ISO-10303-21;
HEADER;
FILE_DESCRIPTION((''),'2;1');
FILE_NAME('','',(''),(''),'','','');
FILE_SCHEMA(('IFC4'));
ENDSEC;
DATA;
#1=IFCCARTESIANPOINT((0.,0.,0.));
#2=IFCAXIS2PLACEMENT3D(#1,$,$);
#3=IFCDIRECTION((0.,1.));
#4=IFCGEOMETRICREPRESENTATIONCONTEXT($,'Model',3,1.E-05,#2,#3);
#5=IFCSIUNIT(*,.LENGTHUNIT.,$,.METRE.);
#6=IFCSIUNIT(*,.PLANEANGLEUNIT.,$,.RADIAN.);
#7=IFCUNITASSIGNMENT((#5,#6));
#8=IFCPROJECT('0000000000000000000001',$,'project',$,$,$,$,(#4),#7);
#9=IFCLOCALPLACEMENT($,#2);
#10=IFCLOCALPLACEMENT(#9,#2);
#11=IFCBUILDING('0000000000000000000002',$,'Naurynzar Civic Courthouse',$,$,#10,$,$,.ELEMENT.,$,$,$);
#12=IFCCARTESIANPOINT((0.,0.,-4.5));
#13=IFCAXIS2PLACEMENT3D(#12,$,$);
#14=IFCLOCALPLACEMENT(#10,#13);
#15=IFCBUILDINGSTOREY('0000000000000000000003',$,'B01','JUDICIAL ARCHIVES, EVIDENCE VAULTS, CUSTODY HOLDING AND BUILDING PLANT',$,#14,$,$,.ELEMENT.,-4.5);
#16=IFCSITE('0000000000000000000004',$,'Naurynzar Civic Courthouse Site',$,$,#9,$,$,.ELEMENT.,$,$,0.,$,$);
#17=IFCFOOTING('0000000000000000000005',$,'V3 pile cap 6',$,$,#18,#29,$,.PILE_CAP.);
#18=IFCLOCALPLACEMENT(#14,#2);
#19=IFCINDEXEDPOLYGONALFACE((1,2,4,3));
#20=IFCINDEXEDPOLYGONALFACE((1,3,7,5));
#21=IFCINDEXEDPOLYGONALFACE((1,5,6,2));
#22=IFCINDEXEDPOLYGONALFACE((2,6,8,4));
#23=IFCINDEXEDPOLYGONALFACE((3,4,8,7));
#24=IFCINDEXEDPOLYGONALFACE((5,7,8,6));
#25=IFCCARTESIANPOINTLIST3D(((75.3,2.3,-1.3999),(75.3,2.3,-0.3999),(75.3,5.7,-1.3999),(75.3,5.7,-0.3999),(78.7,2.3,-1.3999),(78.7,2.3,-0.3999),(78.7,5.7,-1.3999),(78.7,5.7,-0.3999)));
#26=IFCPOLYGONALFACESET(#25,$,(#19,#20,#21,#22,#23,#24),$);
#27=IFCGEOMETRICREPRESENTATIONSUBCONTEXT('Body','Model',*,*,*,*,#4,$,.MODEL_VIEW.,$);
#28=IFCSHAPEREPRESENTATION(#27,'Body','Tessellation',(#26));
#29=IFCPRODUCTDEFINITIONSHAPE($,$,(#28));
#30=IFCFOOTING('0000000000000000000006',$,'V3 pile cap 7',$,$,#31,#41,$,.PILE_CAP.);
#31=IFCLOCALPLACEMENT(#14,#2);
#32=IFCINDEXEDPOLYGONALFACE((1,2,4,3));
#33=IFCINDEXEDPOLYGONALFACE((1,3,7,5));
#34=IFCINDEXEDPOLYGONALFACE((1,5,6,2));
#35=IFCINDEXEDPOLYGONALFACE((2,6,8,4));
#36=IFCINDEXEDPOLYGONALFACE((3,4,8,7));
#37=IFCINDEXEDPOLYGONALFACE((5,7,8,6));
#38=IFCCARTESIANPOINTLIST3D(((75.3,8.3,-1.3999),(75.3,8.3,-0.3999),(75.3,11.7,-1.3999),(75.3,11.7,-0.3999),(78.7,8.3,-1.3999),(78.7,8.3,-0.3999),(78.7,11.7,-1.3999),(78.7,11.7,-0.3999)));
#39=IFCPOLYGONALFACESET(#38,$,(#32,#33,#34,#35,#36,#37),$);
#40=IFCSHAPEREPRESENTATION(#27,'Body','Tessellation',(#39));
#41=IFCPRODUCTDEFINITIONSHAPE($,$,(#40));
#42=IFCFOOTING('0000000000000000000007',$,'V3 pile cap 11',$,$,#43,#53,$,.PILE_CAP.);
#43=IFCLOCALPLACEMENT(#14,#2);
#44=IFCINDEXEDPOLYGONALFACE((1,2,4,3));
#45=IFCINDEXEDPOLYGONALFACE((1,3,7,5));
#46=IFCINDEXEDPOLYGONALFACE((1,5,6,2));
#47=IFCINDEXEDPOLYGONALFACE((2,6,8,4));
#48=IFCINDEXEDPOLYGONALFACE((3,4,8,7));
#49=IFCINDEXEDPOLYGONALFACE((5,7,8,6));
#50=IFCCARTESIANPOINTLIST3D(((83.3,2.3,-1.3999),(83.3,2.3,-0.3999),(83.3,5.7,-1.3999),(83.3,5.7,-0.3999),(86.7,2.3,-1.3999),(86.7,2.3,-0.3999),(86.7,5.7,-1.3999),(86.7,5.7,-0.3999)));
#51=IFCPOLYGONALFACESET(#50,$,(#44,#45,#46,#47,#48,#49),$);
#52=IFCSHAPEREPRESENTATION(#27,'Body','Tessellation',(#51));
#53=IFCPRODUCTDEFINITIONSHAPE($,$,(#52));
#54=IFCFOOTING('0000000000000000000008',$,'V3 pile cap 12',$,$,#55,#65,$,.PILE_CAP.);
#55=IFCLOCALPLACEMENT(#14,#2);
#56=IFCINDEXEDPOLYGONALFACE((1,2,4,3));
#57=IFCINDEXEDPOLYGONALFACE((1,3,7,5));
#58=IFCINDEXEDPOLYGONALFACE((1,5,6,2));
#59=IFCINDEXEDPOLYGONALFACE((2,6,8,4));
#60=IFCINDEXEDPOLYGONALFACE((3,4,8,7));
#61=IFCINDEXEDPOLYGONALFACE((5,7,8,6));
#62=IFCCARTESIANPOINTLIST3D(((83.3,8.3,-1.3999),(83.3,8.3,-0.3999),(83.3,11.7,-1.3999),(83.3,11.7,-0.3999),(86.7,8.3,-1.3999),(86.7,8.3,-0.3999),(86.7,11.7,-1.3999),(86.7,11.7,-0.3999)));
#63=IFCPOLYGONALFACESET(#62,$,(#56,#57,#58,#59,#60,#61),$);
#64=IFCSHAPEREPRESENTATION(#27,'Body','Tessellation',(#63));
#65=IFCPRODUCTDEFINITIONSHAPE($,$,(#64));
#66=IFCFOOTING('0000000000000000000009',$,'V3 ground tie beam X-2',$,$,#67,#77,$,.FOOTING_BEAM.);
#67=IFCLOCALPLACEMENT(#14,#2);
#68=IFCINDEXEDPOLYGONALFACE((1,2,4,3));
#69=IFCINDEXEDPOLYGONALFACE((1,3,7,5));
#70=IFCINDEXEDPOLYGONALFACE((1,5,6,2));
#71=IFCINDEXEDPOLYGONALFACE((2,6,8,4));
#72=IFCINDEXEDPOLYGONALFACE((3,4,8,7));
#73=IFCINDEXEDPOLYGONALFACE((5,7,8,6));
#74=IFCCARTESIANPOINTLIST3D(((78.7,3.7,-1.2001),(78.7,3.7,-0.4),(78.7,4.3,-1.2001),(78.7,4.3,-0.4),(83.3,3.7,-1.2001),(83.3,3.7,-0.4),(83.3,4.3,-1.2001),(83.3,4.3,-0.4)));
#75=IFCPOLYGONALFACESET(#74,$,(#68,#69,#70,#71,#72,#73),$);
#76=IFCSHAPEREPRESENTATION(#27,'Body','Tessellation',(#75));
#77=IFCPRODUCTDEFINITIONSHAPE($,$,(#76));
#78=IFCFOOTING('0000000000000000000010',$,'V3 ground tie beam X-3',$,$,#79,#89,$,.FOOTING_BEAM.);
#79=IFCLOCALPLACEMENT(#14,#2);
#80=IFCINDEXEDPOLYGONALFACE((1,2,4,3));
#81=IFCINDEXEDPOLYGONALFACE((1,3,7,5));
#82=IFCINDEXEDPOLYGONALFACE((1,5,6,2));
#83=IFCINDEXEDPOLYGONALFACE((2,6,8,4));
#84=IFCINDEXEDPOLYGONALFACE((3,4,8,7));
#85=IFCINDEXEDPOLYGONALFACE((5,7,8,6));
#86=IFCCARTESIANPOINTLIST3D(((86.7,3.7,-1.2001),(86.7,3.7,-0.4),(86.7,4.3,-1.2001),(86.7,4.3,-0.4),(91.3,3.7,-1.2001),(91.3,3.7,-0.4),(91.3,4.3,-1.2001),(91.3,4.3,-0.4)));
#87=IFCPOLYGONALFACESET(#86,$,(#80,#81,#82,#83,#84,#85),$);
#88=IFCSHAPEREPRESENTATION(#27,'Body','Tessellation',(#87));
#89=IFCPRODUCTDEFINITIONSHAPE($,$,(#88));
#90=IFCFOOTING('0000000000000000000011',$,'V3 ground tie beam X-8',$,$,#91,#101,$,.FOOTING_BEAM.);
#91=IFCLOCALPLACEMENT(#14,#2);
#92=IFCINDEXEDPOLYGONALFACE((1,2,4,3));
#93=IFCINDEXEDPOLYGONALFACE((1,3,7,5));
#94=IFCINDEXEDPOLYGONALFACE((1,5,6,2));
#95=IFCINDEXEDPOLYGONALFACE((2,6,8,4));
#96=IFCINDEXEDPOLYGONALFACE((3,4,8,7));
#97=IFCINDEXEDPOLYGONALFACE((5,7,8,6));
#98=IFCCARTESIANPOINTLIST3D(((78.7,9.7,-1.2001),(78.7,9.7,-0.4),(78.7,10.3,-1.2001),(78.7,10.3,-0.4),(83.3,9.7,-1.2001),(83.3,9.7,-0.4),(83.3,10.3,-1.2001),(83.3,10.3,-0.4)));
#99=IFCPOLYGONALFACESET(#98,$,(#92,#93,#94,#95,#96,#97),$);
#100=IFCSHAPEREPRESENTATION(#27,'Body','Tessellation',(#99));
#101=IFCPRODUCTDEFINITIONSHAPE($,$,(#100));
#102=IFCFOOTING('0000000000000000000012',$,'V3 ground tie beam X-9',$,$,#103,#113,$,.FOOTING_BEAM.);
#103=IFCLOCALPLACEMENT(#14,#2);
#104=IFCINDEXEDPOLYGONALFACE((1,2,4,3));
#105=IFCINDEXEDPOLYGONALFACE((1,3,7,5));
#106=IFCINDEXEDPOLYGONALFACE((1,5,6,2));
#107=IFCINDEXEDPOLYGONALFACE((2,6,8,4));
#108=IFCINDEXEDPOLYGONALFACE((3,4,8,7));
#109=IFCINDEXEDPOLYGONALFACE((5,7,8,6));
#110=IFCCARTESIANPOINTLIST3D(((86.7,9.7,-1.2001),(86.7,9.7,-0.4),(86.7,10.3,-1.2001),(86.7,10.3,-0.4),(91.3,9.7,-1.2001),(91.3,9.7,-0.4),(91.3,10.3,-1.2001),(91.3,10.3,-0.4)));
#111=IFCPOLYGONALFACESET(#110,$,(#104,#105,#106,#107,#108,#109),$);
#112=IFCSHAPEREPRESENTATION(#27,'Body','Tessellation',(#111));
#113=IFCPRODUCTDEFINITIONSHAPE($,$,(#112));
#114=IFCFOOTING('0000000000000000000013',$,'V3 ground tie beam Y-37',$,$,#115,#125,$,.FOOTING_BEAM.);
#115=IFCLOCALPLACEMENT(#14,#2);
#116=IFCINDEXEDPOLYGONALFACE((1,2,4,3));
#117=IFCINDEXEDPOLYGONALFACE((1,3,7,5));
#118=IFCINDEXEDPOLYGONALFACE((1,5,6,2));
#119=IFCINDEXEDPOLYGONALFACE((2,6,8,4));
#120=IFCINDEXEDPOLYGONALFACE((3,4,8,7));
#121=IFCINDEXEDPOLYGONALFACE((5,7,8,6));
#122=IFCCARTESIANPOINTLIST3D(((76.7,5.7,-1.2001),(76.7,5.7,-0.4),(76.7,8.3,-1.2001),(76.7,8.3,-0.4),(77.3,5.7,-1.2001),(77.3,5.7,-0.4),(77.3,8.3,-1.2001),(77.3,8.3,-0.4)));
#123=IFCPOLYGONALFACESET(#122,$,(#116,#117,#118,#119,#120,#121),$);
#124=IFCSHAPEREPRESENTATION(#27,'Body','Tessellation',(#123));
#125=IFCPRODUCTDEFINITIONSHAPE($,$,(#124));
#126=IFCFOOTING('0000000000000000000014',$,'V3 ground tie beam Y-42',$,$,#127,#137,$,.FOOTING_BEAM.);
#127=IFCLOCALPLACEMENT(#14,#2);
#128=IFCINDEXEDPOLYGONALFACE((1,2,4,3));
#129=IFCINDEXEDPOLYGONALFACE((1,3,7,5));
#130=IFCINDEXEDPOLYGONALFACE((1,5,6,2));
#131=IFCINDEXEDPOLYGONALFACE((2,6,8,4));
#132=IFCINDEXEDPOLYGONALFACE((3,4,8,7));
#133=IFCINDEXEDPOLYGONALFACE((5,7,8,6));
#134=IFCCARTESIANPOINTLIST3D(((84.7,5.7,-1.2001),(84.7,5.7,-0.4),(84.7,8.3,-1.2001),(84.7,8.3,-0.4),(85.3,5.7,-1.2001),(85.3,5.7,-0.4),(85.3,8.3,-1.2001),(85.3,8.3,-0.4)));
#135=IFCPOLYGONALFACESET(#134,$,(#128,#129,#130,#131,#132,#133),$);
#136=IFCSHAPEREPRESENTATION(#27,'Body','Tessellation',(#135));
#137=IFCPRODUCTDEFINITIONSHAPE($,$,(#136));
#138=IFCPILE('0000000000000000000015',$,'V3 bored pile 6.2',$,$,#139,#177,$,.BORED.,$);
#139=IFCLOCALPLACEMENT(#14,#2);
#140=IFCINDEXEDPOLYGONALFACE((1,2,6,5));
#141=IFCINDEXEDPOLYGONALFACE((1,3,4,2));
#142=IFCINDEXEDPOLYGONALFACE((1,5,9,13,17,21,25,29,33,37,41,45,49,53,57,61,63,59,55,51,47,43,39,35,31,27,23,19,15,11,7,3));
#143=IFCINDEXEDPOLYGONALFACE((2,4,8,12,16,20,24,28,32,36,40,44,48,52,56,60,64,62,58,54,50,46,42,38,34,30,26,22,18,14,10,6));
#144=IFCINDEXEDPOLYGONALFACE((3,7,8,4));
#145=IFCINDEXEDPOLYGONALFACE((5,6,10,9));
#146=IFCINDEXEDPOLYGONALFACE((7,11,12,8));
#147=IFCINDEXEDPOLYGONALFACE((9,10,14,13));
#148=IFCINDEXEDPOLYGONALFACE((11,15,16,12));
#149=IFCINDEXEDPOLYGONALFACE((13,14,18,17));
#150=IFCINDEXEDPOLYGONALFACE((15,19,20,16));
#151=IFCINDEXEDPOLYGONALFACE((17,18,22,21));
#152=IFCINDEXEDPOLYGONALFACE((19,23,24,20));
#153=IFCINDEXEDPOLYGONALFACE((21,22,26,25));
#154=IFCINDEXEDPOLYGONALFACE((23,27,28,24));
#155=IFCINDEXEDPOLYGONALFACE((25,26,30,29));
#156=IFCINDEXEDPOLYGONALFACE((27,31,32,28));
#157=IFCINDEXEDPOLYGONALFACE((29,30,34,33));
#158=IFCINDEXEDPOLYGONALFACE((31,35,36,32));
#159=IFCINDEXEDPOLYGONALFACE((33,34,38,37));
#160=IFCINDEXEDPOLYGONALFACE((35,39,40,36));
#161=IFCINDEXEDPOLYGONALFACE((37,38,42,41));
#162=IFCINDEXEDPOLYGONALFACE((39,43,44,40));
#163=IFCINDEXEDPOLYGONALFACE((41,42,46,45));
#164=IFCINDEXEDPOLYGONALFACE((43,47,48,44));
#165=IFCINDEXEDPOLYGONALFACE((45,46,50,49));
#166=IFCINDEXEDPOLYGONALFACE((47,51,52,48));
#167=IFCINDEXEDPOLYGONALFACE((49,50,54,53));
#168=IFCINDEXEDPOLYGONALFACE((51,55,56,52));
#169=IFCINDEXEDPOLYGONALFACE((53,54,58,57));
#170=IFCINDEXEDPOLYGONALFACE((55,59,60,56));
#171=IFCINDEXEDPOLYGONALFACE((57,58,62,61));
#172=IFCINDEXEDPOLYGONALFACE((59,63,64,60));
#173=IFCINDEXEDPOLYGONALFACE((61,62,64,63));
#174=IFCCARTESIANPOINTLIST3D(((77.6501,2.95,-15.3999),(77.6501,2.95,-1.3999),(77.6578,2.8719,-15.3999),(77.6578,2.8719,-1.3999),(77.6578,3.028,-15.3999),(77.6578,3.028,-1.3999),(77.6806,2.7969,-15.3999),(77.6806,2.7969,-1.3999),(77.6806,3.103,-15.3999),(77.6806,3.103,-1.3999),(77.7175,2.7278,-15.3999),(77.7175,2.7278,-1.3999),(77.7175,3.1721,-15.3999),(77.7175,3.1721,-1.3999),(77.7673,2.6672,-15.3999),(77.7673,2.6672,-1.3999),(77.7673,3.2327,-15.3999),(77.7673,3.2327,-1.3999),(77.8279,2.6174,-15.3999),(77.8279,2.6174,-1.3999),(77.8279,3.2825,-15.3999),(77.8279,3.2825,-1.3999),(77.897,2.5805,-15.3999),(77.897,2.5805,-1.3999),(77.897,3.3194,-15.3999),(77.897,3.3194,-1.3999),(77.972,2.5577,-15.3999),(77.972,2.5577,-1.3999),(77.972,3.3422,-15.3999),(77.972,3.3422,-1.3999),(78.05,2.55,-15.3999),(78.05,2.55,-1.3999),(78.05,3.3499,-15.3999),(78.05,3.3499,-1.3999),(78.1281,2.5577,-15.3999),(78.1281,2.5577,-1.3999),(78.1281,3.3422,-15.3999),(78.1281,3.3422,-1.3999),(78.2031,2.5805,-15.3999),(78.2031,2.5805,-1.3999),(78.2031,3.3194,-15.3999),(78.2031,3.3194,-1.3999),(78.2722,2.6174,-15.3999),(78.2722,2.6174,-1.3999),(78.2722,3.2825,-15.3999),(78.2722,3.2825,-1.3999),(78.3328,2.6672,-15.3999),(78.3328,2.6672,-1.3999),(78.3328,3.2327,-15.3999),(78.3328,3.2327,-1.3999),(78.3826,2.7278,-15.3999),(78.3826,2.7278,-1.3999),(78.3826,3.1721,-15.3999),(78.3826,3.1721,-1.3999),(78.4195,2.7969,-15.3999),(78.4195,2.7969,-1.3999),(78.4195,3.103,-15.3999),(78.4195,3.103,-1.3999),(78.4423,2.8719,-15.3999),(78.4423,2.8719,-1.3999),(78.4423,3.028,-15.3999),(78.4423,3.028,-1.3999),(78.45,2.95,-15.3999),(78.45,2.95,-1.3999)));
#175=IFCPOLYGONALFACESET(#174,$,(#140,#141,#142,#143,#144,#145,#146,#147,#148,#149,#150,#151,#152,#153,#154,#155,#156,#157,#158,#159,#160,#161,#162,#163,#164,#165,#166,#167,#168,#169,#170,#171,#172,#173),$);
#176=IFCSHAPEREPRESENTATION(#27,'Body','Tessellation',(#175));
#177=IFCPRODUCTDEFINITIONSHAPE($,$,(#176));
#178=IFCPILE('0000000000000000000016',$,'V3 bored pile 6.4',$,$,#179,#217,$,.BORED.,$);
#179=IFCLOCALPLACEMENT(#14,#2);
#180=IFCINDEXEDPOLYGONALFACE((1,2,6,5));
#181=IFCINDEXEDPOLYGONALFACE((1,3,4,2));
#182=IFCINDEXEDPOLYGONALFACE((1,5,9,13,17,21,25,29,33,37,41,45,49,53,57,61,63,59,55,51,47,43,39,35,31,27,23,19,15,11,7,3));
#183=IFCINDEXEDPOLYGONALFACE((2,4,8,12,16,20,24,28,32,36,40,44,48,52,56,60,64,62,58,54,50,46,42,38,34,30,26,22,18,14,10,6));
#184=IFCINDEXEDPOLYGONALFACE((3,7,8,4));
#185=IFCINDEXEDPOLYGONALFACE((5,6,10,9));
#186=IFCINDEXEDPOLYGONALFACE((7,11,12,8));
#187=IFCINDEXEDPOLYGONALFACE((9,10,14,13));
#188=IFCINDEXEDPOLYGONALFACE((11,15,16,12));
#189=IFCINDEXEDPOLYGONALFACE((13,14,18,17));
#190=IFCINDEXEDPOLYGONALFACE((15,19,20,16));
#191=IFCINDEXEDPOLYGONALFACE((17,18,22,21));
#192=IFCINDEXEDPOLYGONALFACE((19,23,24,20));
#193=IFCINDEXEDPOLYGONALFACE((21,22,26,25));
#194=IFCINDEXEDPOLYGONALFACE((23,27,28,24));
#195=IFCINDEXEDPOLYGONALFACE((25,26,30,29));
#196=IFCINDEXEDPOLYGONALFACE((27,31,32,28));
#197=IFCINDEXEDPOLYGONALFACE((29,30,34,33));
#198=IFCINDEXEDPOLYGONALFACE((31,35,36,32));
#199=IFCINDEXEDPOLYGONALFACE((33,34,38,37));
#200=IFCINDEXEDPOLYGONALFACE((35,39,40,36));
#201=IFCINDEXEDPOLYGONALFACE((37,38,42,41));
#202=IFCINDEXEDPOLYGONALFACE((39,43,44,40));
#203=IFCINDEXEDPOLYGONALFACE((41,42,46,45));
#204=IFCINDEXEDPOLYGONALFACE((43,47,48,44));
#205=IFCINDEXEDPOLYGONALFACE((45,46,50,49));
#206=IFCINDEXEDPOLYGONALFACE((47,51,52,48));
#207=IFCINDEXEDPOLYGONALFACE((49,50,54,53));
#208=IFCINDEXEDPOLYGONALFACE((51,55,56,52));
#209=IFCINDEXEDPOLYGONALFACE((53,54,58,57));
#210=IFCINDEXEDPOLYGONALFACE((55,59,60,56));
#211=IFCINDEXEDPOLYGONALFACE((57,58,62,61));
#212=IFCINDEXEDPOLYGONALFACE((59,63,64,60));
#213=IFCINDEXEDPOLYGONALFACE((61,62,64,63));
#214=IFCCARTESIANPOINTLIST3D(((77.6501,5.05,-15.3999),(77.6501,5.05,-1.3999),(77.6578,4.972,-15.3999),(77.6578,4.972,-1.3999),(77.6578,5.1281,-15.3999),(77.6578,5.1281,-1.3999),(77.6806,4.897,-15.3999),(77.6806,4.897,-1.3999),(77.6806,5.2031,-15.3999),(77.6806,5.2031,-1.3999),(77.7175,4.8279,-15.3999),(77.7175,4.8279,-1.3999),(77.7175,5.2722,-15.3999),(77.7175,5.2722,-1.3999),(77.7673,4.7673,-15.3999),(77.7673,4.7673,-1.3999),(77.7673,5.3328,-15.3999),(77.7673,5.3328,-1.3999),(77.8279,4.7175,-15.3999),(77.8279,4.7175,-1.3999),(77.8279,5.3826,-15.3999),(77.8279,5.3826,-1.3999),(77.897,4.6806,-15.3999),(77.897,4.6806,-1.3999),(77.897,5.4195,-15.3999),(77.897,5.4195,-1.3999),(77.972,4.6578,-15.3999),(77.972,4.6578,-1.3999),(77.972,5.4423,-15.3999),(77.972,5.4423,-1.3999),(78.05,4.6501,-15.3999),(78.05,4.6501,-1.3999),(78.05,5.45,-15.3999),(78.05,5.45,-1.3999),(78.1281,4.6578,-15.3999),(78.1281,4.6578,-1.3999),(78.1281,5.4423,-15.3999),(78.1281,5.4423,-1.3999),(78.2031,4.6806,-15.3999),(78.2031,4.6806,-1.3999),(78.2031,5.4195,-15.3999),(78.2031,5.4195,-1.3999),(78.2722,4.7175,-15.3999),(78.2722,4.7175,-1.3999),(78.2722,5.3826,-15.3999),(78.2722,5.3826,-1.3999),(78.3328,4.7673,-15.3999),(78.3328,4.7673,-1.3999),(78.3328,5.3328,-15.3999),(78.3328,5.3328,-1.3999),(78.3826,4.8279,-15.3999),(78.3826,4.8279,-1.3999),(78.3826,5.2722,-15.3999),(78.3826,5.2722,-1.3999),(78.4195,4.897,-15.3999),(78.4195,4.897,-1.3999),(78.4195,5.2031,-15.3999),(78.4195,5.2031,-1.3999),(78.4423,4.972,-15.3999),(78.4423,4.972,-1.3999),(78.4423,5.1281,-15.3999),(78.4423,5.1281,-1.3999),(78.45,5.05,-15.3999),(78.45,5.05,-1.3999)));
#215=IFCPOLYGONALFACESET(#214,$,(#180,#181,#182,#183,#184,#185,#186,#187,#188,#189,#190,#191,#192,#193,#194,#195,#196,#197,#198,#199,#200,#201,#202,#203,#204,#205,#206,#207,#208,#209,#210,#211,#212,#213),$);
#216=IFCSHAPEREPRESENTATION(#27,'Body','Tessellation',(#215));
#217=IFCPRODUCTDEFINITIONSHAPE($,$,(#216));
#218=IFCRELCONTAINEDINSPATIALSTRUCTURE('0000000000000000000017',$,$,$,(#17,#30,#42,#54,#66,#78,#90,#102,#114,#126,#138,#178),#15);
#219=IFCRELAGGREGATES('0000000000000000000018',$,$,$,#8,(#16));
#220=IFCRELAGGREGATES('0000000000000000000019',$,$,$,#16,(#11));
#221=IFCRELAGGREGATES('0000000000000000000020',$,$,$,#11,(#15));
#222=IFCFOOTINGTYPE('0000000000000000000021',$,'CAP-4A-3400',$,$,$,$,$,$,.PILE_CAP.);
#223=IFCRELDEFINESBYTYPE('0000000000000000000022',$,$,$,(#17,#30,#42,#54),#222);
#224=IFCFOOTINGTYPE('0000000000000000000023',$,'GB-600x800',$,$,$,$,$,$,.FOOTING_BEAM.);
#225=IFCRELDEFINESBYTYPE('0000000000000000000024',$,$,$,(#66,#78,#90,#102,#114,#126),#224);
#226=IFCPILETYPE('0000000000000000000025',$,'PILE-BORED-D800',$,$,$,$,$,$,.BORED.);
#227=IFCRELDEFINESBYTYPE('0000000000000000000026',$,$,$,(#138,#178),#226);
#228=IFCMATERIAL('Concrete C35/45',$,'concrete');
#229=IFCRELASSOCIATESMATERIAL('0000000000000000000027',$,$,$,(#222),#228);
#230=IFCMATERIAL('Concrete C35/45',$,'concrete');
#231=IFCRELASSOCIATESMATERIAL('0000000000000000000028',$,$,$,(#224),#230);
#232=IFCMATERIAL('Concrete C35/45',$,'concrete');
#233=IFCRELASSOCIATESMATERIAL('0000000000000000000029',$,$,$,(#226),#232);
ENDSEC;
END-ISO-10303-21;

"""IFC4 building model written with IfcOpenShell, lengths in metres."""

from ifc_helpers import new_model, si_unit, direction, frame, origin, origin_2d, place, context, subcontext, project, spatial, rectangle, circle, extrude, material, material_profile, profile_set, type_object, element, save


model = new_model("IFC4")

# Units and contexts
model_context = context("Model", 3, precision=1e-05, world=origin(), true_north=direction((0.0, 1.0)))
body_context = subcontext(model_context, "Body", "Model", "MODEL_VIEW")
ifc_project = project(units=[si_unit("LENGTHUNIT", "METRE"), si_unit("PLANEANGLEUNIT", "RADIAN")], contexts=[model_context])

# Site, building, storey
site_placement = place(None, origin())
site = spatial("IfcSite", under=ifc_project, at=site_placement, Name="Naurynzar Civic Courthouse Site", CompositionType="ELEMENT", RefElevation=0.0)
building_placement = place(site_placement, origin())
building = spatial("IfcBuilding", under=site, at=building_placement, Name="Naurynzar Civic Courthouse", CompositionType="ELEMENT")
storey_placement = place(building_placement, frame((0.0, 0.0, -4.5)))
storey = spatial("IfcBuildingStorey", under=building, at=storey_placement, Name="B01", Description="JUDICIAL ARCHIVES, EVIDENCE VAULTS, CUSTODY HOLDING AND BUILDING PLANT", CompositionType="ELEMENT", Elevation=-4.5)

# Footings
ifc_material_1 = material(Name="Concrete C35/45", Category="concrete")
footing_type_1 = type_object("IfcFootingType", Name="CAP-4A-3400", PredefinedType="PILE_CAP", material=ifc_material_1)
for number, where, z_axis, x_axis, name in (
    (1, (77.0, 4.0, -1.3999), (0.0, 0.0, 1.0), (1.0, 0.0, 0.0), "V3 pile cap 6"),
    (2, (77.0, 10.0, -1.3999), (0.0, 0.0, 1.0), (1.0, 0.0, 0.0), "V3 pile cap 7"),
    (3, (85.0, 4.0, -1.3999), (0.0, 0.0, 1.0), (1.0, 0.0, 0.0), "V3 pile cap 11"),
    (4, (85.0, 10.0, -1.3999), (0.0, 0.0, 1.0), (1.0, 0.0, 0.0), "V3 pile cap 12"),
):
    element("IfcFooting", number, at=place(storey_placement, frame(where, z_axis=z_axis, x_axis=x_axis)), inside=storey, type_object=footing_type_1, Name=name, PredefinedType="PILE_CAP", context=body_context, shape_type="SweptSolid", body=[
        extrude(rectangle(XDim=3.3999, YDim=3.3999, at=origin_2d()), origin(), (0.0, 0.0, 1.0), 1.0),
    ])
ifc_material_2 = material(Name="Concrete C35/45", Category="concrete")
ifc_material_profile_1 = material_profile(ifc_material_2, rectangle(XDim=0.6001, YDim=0.8, at=origin_2d()), Name="GB 600x800")
ifc_profile_set_1 = profile_set([ifc_material_profile_1], Name="Concrete C35/45")
footing_type_2 = type_object("IfcFootingType", Name="GB-600x800", PredefinedType="FOOTING_BEAM", material=ifc_profile_set_1)
for number, where, z_axis, x_axis, name in (
    (5, (78.7, 4.0, -0.8), (1.0, 0.0, 0.0), (0.0, 1.0, 0.0), "V3 ground tie beam X-2"),
    (6, (86.7, 4.0, -0.8), (1.0, 0.0, 0.0), (0.0, 1.0, 0.0), "V3 ground tie beam X-3"),
    (7, (78.7, 10.0, -0.8), (1.0, 0.0, 0.0), (0.0, 1.0, 0.0), "V3 ground tie beam X-8"),
    (8, (86.7, 10.0, -0.8), (1.0, 0.0, 0.0), (0.0, 1.0, 0.0), "V3 ground tie beam X-9"),
):
    element("IfcFooting", number, at=place(storey_placement, frame(where, z_axis=z_axis, x_axis=x_axis)), inside=storey, type_object=footing_type_2, Name=name, PredefinedType="FOOTING_BEAM", context=body_context, shape_type="SweptSolid", body=[
        extrude(rectangle(XDim=0.6001, YDim=0.8, at=origin_2d()), origin(), (0.0, 0.0, 1.0), 4.6001),
    ])
for number, where, z_axis, x_axis, name in (
    (9, (77.0, 5.7, -0.8), (0.0, 1.0, 0.0), (-1.0, 0.0, 0.0), "V3 ground tie beam Y-37"),
    (10, (85.0, 5.7, -0.8), (0.0, 1.0, 0.0), (-1.0, 0.0, 0.0), "V3 ground tie beam Y-42"),
):
    element("IfcFooting", number, at=place(storey_placement, frame(where, z_axis=z_axis, x_axis=x_axis)), inside=storey, type_object=footing_type_2, Name=name, PredefinedType="FOOTING_BEAM", context=body_context, shape_type="SweptSolid", body=[
        extrude(rectangle(XDim=0.6001, YDim=0.8, at=origin_2d()), origin(), (0.0, 0.0, 1.0), 2.6001),
    ])

# Piles
ifc_material_3 = material(Name="Concrete C35/45", Category="concrete")
ifc_material_profile_2 = material_profile(ifc_material_3, circle(Radius=0.3999, at=origin_2d()), Name="PILE D800")
ifc_profile_set_2 = profile_set([ifc_material_profile_2], Name="Concrete C35/45")
pile_type = type_object("IfcPileType", Name="PILE-BORED-D800", PredefinedType="BORED", material=ifc_profile_set_2)
for number, where, z_axis, x_axis, name in (
    (11, (78.05, 2.95, -1.3999), (0.0, 0.0, -1.0), (1.0, 0.0, 0.0), "V3 bored pile 6.2"),
    (12, (78.05, 5.05, -1.3999), (0.0, 0.0, -1.0), (1.0, 0.0, 0.0), "V3 bored pile 6.4"),
):
    element("IfcPile", number, at=place(storey_placement, frame(where, z_axis=z_axis, x_axis=x_axis)), inside=storey, type_object=pile_type, Name=name, PredefinedType="BORED", context=body_context, shape_type="SweptSolid", body=[
        extrude(circle(Radius=0.3999, at=origin_2d()), origin(), (0.0, 0.0, 1.0), 14.0),
    ])

save(model, "model.ifc")
